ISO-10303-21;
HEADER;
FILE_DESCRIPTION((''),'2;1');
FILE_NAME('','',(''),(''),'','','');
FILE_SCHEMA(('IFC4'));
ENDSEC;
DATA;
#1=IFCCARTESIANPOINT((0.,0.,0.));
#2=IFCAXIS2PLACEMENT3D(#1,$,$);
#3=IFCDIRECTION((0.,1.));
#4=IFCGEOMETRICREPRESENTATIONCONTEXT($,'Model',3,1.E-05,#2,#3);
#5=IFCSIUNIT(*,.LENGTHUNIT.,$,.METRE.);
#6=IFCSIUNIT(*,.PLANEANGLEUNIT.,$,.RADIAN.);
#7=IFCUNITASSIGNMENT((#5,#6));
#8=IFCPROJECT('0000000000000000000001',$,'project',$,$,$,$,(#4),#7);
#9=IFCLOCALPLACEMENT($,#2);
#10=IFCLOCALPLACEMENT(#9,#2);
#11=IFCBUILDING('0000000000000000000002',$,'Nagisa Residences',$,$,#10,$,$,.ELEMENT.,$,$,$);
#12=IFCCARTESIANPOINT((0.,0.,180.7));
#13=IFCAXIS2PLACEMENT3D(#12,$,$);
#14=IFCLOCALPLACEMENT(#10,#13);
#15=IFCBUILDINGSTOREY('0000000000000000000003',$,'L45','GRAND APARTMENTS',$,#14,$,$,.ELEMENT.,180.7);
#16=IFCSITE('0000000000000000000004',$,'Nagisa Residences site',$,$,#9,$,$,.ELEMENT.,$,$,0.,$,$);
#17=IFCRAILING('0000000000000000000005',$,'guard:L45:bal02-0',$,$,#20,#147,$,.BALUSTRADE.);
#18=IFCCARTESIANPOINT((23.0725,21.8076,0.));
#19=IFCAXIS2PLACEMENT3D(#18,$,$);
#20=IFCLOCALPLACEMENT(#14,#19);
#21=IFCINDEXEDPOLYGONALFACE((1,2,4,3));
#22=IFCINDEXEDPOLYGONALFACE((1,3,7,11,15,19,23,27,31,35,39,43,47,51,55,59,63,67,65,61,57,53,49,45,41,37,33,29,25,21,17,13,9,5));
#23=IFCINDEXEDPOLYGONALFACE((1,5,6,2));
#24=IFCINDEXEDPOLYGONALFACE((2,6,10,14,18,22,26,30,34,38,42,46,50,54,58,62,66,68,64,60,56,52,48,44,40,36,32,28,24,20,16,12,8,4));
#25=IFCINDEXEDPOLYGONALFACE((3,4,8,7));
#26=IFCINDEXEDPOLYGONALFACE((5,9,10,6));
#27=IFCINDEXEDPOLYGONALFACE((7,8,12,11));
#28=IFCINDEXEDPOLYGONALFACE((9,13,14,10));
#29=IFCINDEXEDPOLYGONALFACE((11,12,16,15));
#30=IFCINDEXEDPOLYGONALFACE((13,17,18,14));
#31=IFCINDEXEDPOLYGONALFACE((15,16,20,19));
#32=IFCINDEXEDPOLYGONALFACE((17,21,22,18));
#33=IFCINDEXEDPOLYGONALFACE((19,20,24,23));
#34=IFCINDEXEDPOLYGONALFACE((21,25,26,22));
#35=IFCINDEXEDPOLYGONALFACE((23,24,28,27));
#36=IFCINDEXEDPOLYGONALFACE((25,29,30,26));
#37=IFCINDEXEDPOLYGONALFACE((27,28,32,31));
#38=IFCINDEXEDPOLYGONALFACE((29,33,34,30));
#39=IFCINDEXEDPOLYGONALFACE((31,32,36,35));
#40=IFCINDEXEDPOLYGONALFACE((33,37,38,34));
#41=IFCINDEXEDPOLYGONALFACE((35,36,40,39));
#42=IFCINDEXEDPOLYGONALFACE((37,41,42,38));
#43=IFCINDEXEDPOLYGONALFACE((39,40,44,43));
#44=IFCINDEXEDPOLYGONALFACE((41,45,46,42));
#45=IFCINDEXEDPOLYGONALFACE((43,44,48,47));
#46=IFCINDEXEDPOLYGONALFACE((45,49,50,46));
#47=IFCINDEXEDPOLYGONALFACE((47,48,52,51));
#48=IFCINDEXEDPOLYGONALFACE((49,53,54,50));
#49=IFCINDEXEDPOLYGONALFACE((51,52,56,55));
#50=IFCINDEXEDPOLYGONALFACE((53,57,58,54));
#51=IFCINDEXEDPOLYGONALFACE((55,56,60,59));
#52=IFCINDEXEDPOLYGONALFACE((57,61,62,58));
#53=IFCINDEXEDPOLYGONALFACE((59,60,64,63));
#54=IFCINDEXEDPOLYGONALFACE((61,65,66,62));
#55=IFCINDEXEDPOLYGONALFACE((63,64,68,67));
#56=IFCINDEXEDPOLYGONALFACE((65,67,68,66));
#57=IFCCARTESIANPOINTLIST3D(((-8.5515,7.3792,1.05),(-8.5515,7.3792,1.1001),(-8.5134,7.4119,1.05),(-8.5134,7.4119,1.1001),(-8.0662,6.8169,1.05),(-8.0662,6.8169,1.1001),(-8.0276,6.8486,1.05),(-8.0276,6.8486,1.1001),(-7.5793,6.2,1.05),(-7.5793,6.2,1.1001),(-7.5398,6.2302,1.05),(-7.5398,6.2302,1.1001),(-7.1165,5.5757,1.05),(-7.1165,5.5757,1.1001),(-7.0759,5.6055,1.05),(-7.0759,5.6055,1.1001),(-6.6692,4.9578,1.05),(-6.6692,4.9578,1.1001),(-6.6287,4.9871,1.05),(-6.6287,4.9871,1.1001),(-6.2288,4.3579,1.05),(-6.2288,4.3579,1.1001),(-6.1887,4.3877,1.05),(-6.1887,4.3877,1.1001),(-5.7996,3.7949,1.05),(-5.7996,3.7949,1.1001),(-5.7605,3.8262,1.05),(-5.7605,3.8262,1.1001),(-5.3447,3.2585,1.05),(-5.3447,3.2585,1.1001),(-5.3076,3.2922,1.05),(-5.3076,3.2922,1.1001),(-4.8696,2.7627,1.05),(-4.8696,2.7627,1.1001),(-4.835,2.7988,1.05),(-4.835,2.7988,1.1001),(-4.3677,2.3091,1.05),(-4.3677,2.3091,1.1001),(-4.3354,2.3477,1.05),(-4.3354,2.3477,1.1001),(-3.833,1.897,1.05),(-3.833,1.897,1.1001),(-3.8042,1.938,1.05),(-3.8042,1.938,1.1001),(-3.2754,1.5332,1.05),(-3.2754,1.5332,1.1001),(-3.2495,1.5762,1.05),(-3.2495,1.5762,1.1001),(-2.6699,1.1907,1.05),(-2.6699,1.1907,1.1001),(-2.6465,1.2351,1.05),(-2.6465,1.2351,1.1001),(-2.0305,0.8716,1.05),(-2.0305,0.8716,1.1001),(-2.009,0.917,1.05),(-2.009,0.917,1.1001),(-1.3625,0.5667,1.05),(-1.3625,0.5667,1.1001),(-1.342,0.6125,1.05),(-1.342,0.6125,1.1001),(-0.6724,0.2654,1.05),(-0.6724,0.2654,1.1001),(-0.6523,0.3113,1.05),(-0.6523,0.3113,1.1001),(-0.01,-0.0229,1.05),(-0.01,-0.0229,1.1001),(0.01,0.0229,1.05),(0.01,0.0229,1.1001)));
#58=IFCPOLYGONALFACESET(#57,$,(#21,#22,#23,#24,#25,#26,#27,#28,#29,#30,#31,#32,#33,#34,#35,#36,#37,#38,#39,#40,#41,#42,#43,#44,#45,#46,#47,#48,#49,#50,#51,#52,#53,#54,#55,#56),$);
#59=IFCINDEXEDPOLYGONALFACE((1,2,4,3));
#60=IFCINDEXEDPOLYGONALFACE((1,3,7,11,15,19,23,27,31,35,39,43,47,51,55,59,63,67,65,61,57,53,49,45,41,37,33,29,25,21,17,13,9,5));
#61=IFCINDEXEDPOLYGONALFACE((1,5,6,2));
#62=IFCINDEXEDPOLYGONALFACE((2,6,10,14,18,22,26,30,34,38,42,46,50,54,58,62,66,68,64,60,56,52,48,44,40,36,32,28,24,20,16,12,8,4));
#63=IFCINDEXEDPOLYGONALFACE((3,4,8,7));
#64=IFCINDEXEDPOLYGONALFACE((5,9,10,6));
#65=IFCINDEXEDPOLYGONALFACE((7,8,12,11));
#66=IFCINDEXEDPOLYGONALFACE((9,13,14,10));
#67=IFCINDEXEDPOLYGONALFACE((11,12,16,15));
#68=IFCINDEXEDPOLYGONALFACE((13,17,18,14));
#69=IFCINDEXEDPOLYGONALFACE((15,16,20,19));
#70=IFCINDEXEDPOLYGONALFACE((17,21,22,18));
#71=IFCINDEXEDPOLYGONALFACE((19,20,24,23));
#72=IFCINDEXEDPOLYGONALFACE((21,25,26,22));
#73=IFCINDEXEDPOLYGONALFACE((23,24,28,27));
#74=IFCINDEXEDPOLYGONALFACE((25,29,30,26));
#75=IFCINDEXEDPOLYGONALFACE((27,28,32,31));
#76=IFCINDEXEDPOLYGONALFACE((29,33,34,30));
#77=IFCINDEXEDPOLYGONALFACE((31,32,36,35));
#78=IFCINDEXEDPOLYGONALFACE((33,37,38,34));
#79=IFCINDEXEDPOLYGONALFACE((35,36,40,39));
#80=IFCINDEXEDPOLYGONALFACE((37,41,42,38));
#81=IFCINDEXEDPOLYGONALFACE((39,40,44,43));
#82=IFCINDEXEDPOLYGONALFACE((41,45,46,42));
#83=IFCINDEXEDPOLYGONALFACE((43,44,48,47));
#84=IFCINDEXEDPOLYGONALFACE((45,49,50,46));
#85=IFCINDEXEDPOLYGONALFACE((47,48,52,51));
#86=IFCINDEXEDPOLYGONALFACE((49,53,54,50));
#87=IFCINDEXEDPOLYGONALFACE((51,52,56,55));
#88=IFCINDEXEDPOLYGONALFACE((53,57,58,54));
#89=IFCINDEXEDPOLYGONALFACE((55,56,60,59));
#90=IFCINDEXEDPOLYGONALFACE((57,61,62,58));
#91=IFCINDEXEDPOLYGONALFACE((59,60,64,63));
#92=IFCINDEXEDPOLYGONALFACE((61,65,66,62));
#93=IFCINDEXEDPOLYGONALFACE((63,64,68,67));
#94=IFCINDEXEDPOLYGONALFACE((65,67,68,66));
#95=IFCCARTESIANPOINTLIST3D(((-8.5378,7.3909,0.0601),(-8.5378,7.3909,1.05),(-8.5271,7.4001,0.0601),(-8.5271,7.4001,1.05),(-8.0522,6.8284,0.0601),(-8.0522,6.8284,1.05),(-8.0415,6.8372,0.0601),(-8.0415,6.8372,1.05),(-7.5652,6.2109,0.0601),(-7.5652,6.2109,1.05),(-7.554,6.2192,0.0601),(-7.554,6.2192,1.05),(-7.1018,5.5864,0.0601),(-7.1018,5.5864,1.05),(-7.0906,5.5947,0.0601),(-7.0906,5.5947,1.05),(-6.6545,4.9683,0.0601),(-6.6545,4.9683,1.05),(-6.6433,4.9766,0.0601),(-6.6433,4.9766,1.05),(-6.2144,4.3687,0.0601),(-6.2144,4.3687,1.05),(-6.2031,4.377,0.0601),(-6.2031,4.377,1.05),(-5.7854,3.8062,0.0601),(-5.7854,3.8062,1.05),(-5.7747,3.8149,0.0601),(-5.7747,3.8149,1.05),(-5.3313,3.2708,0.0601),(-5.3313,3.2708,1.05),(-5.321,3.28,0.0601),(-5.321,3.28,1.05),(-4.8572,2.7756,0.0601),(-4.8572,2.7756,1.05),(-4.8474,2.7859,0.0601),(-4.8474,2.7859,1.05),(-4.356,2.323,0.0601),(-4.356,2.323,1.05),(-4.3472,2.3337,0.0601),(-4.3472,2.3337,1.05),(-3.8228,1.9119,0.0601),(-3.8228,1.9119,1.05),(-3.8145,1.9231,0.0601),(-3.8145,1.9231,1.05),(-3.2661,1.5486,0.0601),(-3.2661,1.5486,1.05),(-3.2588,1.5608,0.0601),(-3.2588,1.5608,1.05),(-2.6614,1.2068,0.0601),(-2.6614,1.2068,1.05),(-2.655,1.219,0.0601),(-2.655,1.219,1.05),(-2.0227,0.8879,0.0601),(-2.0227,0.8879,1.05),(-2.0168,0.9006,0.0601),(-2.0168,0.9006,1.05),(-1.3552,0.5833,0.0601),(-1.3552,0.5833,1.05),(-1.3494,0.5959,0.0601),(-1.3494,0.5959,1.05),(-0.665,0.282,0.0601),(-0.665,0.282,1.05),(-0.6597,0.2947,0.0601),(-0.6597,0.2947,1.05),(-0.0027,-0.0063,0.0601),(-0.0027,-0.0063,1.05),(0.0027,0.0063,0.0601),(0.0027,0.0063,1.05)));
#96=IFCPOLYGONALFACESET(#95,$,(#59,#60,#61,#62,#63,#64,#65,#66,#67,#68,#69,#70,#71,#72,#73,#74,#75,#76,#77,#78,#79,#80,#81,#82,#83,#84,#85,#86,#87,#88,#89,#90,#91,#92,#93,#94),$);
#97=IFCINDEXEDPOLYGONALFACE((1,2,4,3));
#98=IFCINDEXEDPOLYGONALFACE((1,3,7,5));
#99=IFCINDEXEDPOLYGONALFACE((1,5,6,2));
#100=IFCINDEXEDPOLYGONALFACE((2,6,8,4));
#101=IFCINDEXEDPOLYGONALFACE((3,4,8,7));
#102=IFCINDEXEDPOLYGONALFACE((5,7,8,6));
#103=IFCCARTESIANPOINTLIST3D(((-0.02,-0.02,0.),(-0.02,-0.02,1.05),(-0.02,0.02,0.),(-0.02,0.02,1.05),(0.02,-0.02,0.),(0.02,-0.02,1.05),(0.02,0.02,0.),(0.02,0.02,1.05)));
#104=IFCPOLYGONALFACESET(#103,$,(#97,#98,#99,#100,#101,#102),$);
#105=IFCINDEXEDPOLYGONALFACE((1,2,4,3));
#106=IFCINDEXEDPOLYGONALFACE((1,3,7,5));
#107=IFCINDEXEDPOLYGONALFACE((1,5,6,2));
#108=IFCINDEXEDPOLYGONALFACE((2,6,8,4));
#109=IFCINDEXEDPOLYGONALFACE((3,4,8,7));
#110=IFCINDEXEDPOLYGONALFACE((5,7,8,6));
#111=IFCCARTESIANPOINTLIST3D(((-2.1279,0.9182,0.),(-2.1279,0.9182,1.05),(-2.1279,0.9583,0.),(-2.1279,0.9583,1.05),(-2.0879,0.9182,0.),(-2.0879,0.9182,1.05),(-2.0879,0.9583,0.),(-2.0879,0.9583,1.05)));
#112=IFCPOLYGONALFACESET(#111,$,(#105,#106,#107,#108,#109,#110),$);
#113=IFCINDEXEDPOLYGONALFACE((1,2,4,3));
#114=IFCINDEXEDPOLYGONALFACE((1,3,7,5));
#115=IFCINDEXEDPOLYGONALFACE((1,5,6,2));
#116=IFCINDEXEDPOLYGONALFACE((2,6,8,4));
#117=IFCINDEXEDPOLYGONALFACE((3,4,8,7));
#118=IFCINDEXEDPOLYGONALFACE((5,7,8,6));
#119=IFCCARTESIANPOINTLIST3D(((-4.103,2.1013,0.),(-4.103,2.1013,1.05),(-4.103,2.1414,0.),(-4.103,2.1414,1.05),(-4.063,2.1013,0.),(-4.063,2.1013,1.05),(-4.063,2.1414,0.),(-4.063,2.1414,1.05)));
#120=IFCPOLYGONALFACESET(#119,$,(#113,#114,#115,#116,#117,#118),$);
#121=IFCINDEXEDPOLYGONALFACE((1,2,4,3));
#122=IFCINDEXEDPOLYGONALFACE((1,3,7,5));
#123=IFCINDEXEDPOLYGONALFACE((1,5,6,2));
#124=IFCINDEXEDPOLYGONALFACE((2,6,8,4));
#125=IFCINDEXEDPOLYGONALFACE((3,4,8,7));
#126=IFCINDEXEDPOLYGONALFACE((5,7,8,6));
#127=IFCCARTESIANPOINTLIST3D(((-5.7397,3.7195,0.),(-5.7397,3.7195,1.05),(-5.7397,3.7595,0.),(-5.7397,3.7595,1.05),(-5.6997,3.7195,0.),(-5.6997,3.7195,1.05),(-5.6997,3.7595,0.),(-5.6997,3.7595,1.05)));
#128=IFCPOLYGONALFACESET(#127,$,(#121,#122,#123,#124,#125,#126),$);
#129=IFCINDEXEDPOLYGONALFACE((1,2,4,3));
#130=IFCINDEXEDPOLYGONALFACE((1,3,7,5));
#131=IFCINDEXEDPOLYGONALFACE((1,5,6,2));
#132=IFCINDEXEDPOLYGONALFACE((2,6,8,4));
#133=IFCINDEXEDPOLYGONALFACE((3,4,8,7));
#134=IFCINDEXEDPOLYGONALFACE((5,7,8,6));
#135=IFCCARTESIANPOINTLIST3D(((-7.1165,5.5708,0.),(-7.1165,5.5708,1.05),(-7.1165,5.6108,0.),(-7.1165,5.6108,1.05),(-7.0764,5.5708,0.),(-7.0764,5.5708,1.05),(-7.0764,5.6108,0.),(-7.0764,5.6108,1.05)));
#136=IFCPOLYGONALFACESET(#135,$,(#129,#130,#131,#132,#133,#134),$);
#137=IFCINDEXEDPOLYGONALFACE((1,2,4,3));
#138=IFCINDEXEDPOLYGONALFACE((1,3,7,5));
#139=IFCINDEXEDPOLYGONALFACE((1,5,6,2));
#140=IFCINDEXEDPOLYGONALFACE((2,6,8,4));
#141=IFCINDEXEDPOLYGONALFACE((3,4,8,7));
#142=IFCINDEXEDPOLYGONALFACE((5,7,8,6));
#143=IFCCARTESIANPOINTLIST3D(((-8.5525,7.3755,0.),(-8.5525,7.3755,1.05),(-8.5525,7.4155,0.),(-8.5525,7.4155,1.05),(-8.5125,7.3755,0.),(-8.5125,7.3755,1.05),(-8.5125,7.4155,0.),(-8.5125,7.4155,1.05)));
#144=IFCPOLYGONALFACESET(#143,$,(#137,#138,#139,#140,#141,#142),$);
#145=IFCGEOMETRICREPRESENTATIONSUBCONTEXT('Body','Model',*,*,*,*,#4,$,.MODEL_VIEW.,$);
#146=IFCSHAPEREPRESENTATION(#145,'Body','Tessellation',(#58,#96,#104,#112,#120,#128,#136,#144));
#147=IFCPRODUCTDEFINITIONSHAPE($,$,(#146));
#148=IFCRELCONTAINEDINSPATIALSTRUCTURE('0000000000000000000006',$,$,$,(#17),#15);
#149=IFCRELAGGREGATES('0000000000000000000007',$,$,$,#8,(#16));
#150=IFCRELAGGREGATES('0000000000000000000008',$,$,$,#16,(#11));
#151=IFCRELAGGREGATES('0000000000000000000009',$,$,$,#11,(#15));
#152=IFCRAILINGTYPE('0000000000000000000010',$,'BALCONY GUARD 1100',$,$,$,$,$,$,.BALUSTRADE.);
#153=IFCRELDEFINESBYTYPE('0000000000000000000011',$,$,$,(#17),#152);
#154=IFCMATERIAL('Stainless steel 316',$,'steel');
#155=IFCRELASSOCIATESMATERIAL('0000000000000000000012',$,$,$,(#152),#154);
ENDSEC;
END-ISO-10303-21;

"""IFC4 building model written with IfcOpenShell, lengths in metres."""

from ifc_helpers import new_model, si_unit, direction, frame, origin, origin_2d, place, context, subcontext, project, spatial, polyline, rectangle, outline, extrude, material, type_object, element, save


model = new_model("IFC4")

# Units and contexts
model_context = context("Model", 3, precision=1e-05, world=origin(), true_north=direction((0.0, 1.0)))
body_context = subcontext(model_context, "Body", "Model", "MODEL_VIEW")
ifc_project = project(units=[si_unit("LENGTHUNIT", "METRE"), si_unit("PLANEANGLEUNIT", "RADIAN")], contexts=[model_context])

# Site, building, storey
site_placement = place(None, origin())
site = spatial("IfcSite", under=ifc_project, at=site_placement, Name="Nagisa Residences site", CompositionType="ELEMENT", RefElevation=0.0)
building_placement = place(site_placement, origin())
building = spatial("IfcBuilding", under=site, at=building_placement, Name="Nagisa Residences", CompositionType="ELEMENT")
storey_placement = place(building_placement, frame((0.0, 0.0, 180.7)))
storey = spatial("IfcBuildingStorey", under=building, at=storey_placement, Name="L45", Description="GRAND APARTMENTS", CompositionType="ELEMENT", Elevation=180.7)

# Railing
ifc_material_1 = material(Name="Stainless steel 316", Category="steel")
railing_type = type_object("IfcRailingType", Name="BALCONY GUARD 1100", PredefinedType="BALUSTRADE", material=ifc_material_1)
railing_1_placement = place(storey_placement, frame((23.0725, 21.8076, 0.0)))
element("IfcRailing", 1, at=railing_1_placement, inside=storey, type_object=railing_type, Name="guard:L45:bal02-0", PredefinedType="BALUSTRADE", context=body_context, shape_type="SweptSolid", body=[
    extrude(outline(polyline([(-0.6724, 0.2654), (-0.01, -0.0229), (0.01, 0.0229), (-0.6523, 0.3113), (-1.342, 0.6125), (-2.009, 0.917), (-2.6465, 1.2351), (-3.2495, 1.5762), (-3.8042, 1.938), (-4.3354, 2.3477), (-4.835, 2.7988), (-5.3076, 3.2922), (-5.7605, 3.8262), (-6.1887, 4.3877), (-6.6287, 4.9871), (-7.0759, 5.6055), (-7.5398, 6.2302), (-8.0276, 6.8486), (-8.5134, 7.4119), (-8.5515, 7.3792), (-8.0662, 6.8169), (-7.5793, 6.2), (-7.1165, 5.5757), (-6.6692, 4.9578), (-6.2288, 4.3579), (-5.7996, 3.7949), (-5.3447, 3.2585), (-4.8696, 2.7627), (-4.3677, 2.3091), (-3.833, 1.897), (-3.2754, 1.5332), (-2.6699, 1.1907), (-2.0305, 0.8716), (-1.3625, 0.5667), (-0.6724, 0.2654)])), frame((0.0, 0.0, 1.05)), (0.0, 0.0, 1.0), 0.05),
    extrude(outline(polyline([(-0.665, 0.282), (-0.0027, -0.0063), (0.0027, 0.0063), (-0.6597, 0.2947), (-1.3494, 0.5959), (-2.0168, 0.9006), (-2.655, 1.219), (-3.2588, 1.5608), (-3.8145, 1.9231), (-4.3472, 2.3337), (-4.8474, 2.7859), (-5.321, 3.28), (-5.7747, 3.8149), (-6.2031, 4.377), (-6.6433, 4.9766), (-7.0906, 5.5947), (-7.554, 6.2192), (-8.0415, 6.8372), (-8.5271, 7.4001), (-8.5378, 7.3909), (-8.0522, 6.8284), (-7.5652, 6.2109), (-7.1018, 5.5864), (-6.6545, 4.9683), (-6.2144, 4.3687), (-5.7854, 3.8062), (-5.3313, 3.2708), (-4.8572, 2.7756), (-4.356, 2.323), (-3.8228, 1.9119), (-3.2661, 1.5486), (-2.6614, 1.2068), (-2.0227, 0.8879), (-1.3552, 0.5833), (-0.665, 0.282)])), frame((0.0, 0.0, 0.0601)), (0.0, 0.0, 1.0), 0.99),
    extrude(rectangle(XDim=0.04, YDim=0.04, at=origin_2d()), origin(), (0.0, 0.0, 1.0), 1.05),
    extrude(rectangle(XDim=0.04, YDim=0.04, at=origin_2d()), frame((-2.1079, 0.9382, 0.0)), (0.0, 0.0, 1.0), 1.05),
    extrude(rectangle(XDim=0.04, YDim=0.04, at=origin_2d()), frame((-4.083, 2.1213, 0.0)), (0.0, 0.0, 1.0), 1.05),
    extrude(rectangle(XDim=0.04, YDim=0.04, at=origin_2d()), frame((-5.7197, 3.7395, 0.0)), (0.0, 0.0, 1.0), 1.05),
    extrude(rectangle(XDim=0.04, YDim=0.04, at=origin_2d()), frame((-7.0964, 5.5908, 0.0)), (0.0, 0.0, 1.0), 1.05),
    extrude(rectangle(XDim=0.04, YDim=0.04, at=origin_2d()), frame((-8.5325, 7.3955, 0.0)), (0.0, 0.0, 1.0), 1.05),
])

save(model, "model.ifc")
